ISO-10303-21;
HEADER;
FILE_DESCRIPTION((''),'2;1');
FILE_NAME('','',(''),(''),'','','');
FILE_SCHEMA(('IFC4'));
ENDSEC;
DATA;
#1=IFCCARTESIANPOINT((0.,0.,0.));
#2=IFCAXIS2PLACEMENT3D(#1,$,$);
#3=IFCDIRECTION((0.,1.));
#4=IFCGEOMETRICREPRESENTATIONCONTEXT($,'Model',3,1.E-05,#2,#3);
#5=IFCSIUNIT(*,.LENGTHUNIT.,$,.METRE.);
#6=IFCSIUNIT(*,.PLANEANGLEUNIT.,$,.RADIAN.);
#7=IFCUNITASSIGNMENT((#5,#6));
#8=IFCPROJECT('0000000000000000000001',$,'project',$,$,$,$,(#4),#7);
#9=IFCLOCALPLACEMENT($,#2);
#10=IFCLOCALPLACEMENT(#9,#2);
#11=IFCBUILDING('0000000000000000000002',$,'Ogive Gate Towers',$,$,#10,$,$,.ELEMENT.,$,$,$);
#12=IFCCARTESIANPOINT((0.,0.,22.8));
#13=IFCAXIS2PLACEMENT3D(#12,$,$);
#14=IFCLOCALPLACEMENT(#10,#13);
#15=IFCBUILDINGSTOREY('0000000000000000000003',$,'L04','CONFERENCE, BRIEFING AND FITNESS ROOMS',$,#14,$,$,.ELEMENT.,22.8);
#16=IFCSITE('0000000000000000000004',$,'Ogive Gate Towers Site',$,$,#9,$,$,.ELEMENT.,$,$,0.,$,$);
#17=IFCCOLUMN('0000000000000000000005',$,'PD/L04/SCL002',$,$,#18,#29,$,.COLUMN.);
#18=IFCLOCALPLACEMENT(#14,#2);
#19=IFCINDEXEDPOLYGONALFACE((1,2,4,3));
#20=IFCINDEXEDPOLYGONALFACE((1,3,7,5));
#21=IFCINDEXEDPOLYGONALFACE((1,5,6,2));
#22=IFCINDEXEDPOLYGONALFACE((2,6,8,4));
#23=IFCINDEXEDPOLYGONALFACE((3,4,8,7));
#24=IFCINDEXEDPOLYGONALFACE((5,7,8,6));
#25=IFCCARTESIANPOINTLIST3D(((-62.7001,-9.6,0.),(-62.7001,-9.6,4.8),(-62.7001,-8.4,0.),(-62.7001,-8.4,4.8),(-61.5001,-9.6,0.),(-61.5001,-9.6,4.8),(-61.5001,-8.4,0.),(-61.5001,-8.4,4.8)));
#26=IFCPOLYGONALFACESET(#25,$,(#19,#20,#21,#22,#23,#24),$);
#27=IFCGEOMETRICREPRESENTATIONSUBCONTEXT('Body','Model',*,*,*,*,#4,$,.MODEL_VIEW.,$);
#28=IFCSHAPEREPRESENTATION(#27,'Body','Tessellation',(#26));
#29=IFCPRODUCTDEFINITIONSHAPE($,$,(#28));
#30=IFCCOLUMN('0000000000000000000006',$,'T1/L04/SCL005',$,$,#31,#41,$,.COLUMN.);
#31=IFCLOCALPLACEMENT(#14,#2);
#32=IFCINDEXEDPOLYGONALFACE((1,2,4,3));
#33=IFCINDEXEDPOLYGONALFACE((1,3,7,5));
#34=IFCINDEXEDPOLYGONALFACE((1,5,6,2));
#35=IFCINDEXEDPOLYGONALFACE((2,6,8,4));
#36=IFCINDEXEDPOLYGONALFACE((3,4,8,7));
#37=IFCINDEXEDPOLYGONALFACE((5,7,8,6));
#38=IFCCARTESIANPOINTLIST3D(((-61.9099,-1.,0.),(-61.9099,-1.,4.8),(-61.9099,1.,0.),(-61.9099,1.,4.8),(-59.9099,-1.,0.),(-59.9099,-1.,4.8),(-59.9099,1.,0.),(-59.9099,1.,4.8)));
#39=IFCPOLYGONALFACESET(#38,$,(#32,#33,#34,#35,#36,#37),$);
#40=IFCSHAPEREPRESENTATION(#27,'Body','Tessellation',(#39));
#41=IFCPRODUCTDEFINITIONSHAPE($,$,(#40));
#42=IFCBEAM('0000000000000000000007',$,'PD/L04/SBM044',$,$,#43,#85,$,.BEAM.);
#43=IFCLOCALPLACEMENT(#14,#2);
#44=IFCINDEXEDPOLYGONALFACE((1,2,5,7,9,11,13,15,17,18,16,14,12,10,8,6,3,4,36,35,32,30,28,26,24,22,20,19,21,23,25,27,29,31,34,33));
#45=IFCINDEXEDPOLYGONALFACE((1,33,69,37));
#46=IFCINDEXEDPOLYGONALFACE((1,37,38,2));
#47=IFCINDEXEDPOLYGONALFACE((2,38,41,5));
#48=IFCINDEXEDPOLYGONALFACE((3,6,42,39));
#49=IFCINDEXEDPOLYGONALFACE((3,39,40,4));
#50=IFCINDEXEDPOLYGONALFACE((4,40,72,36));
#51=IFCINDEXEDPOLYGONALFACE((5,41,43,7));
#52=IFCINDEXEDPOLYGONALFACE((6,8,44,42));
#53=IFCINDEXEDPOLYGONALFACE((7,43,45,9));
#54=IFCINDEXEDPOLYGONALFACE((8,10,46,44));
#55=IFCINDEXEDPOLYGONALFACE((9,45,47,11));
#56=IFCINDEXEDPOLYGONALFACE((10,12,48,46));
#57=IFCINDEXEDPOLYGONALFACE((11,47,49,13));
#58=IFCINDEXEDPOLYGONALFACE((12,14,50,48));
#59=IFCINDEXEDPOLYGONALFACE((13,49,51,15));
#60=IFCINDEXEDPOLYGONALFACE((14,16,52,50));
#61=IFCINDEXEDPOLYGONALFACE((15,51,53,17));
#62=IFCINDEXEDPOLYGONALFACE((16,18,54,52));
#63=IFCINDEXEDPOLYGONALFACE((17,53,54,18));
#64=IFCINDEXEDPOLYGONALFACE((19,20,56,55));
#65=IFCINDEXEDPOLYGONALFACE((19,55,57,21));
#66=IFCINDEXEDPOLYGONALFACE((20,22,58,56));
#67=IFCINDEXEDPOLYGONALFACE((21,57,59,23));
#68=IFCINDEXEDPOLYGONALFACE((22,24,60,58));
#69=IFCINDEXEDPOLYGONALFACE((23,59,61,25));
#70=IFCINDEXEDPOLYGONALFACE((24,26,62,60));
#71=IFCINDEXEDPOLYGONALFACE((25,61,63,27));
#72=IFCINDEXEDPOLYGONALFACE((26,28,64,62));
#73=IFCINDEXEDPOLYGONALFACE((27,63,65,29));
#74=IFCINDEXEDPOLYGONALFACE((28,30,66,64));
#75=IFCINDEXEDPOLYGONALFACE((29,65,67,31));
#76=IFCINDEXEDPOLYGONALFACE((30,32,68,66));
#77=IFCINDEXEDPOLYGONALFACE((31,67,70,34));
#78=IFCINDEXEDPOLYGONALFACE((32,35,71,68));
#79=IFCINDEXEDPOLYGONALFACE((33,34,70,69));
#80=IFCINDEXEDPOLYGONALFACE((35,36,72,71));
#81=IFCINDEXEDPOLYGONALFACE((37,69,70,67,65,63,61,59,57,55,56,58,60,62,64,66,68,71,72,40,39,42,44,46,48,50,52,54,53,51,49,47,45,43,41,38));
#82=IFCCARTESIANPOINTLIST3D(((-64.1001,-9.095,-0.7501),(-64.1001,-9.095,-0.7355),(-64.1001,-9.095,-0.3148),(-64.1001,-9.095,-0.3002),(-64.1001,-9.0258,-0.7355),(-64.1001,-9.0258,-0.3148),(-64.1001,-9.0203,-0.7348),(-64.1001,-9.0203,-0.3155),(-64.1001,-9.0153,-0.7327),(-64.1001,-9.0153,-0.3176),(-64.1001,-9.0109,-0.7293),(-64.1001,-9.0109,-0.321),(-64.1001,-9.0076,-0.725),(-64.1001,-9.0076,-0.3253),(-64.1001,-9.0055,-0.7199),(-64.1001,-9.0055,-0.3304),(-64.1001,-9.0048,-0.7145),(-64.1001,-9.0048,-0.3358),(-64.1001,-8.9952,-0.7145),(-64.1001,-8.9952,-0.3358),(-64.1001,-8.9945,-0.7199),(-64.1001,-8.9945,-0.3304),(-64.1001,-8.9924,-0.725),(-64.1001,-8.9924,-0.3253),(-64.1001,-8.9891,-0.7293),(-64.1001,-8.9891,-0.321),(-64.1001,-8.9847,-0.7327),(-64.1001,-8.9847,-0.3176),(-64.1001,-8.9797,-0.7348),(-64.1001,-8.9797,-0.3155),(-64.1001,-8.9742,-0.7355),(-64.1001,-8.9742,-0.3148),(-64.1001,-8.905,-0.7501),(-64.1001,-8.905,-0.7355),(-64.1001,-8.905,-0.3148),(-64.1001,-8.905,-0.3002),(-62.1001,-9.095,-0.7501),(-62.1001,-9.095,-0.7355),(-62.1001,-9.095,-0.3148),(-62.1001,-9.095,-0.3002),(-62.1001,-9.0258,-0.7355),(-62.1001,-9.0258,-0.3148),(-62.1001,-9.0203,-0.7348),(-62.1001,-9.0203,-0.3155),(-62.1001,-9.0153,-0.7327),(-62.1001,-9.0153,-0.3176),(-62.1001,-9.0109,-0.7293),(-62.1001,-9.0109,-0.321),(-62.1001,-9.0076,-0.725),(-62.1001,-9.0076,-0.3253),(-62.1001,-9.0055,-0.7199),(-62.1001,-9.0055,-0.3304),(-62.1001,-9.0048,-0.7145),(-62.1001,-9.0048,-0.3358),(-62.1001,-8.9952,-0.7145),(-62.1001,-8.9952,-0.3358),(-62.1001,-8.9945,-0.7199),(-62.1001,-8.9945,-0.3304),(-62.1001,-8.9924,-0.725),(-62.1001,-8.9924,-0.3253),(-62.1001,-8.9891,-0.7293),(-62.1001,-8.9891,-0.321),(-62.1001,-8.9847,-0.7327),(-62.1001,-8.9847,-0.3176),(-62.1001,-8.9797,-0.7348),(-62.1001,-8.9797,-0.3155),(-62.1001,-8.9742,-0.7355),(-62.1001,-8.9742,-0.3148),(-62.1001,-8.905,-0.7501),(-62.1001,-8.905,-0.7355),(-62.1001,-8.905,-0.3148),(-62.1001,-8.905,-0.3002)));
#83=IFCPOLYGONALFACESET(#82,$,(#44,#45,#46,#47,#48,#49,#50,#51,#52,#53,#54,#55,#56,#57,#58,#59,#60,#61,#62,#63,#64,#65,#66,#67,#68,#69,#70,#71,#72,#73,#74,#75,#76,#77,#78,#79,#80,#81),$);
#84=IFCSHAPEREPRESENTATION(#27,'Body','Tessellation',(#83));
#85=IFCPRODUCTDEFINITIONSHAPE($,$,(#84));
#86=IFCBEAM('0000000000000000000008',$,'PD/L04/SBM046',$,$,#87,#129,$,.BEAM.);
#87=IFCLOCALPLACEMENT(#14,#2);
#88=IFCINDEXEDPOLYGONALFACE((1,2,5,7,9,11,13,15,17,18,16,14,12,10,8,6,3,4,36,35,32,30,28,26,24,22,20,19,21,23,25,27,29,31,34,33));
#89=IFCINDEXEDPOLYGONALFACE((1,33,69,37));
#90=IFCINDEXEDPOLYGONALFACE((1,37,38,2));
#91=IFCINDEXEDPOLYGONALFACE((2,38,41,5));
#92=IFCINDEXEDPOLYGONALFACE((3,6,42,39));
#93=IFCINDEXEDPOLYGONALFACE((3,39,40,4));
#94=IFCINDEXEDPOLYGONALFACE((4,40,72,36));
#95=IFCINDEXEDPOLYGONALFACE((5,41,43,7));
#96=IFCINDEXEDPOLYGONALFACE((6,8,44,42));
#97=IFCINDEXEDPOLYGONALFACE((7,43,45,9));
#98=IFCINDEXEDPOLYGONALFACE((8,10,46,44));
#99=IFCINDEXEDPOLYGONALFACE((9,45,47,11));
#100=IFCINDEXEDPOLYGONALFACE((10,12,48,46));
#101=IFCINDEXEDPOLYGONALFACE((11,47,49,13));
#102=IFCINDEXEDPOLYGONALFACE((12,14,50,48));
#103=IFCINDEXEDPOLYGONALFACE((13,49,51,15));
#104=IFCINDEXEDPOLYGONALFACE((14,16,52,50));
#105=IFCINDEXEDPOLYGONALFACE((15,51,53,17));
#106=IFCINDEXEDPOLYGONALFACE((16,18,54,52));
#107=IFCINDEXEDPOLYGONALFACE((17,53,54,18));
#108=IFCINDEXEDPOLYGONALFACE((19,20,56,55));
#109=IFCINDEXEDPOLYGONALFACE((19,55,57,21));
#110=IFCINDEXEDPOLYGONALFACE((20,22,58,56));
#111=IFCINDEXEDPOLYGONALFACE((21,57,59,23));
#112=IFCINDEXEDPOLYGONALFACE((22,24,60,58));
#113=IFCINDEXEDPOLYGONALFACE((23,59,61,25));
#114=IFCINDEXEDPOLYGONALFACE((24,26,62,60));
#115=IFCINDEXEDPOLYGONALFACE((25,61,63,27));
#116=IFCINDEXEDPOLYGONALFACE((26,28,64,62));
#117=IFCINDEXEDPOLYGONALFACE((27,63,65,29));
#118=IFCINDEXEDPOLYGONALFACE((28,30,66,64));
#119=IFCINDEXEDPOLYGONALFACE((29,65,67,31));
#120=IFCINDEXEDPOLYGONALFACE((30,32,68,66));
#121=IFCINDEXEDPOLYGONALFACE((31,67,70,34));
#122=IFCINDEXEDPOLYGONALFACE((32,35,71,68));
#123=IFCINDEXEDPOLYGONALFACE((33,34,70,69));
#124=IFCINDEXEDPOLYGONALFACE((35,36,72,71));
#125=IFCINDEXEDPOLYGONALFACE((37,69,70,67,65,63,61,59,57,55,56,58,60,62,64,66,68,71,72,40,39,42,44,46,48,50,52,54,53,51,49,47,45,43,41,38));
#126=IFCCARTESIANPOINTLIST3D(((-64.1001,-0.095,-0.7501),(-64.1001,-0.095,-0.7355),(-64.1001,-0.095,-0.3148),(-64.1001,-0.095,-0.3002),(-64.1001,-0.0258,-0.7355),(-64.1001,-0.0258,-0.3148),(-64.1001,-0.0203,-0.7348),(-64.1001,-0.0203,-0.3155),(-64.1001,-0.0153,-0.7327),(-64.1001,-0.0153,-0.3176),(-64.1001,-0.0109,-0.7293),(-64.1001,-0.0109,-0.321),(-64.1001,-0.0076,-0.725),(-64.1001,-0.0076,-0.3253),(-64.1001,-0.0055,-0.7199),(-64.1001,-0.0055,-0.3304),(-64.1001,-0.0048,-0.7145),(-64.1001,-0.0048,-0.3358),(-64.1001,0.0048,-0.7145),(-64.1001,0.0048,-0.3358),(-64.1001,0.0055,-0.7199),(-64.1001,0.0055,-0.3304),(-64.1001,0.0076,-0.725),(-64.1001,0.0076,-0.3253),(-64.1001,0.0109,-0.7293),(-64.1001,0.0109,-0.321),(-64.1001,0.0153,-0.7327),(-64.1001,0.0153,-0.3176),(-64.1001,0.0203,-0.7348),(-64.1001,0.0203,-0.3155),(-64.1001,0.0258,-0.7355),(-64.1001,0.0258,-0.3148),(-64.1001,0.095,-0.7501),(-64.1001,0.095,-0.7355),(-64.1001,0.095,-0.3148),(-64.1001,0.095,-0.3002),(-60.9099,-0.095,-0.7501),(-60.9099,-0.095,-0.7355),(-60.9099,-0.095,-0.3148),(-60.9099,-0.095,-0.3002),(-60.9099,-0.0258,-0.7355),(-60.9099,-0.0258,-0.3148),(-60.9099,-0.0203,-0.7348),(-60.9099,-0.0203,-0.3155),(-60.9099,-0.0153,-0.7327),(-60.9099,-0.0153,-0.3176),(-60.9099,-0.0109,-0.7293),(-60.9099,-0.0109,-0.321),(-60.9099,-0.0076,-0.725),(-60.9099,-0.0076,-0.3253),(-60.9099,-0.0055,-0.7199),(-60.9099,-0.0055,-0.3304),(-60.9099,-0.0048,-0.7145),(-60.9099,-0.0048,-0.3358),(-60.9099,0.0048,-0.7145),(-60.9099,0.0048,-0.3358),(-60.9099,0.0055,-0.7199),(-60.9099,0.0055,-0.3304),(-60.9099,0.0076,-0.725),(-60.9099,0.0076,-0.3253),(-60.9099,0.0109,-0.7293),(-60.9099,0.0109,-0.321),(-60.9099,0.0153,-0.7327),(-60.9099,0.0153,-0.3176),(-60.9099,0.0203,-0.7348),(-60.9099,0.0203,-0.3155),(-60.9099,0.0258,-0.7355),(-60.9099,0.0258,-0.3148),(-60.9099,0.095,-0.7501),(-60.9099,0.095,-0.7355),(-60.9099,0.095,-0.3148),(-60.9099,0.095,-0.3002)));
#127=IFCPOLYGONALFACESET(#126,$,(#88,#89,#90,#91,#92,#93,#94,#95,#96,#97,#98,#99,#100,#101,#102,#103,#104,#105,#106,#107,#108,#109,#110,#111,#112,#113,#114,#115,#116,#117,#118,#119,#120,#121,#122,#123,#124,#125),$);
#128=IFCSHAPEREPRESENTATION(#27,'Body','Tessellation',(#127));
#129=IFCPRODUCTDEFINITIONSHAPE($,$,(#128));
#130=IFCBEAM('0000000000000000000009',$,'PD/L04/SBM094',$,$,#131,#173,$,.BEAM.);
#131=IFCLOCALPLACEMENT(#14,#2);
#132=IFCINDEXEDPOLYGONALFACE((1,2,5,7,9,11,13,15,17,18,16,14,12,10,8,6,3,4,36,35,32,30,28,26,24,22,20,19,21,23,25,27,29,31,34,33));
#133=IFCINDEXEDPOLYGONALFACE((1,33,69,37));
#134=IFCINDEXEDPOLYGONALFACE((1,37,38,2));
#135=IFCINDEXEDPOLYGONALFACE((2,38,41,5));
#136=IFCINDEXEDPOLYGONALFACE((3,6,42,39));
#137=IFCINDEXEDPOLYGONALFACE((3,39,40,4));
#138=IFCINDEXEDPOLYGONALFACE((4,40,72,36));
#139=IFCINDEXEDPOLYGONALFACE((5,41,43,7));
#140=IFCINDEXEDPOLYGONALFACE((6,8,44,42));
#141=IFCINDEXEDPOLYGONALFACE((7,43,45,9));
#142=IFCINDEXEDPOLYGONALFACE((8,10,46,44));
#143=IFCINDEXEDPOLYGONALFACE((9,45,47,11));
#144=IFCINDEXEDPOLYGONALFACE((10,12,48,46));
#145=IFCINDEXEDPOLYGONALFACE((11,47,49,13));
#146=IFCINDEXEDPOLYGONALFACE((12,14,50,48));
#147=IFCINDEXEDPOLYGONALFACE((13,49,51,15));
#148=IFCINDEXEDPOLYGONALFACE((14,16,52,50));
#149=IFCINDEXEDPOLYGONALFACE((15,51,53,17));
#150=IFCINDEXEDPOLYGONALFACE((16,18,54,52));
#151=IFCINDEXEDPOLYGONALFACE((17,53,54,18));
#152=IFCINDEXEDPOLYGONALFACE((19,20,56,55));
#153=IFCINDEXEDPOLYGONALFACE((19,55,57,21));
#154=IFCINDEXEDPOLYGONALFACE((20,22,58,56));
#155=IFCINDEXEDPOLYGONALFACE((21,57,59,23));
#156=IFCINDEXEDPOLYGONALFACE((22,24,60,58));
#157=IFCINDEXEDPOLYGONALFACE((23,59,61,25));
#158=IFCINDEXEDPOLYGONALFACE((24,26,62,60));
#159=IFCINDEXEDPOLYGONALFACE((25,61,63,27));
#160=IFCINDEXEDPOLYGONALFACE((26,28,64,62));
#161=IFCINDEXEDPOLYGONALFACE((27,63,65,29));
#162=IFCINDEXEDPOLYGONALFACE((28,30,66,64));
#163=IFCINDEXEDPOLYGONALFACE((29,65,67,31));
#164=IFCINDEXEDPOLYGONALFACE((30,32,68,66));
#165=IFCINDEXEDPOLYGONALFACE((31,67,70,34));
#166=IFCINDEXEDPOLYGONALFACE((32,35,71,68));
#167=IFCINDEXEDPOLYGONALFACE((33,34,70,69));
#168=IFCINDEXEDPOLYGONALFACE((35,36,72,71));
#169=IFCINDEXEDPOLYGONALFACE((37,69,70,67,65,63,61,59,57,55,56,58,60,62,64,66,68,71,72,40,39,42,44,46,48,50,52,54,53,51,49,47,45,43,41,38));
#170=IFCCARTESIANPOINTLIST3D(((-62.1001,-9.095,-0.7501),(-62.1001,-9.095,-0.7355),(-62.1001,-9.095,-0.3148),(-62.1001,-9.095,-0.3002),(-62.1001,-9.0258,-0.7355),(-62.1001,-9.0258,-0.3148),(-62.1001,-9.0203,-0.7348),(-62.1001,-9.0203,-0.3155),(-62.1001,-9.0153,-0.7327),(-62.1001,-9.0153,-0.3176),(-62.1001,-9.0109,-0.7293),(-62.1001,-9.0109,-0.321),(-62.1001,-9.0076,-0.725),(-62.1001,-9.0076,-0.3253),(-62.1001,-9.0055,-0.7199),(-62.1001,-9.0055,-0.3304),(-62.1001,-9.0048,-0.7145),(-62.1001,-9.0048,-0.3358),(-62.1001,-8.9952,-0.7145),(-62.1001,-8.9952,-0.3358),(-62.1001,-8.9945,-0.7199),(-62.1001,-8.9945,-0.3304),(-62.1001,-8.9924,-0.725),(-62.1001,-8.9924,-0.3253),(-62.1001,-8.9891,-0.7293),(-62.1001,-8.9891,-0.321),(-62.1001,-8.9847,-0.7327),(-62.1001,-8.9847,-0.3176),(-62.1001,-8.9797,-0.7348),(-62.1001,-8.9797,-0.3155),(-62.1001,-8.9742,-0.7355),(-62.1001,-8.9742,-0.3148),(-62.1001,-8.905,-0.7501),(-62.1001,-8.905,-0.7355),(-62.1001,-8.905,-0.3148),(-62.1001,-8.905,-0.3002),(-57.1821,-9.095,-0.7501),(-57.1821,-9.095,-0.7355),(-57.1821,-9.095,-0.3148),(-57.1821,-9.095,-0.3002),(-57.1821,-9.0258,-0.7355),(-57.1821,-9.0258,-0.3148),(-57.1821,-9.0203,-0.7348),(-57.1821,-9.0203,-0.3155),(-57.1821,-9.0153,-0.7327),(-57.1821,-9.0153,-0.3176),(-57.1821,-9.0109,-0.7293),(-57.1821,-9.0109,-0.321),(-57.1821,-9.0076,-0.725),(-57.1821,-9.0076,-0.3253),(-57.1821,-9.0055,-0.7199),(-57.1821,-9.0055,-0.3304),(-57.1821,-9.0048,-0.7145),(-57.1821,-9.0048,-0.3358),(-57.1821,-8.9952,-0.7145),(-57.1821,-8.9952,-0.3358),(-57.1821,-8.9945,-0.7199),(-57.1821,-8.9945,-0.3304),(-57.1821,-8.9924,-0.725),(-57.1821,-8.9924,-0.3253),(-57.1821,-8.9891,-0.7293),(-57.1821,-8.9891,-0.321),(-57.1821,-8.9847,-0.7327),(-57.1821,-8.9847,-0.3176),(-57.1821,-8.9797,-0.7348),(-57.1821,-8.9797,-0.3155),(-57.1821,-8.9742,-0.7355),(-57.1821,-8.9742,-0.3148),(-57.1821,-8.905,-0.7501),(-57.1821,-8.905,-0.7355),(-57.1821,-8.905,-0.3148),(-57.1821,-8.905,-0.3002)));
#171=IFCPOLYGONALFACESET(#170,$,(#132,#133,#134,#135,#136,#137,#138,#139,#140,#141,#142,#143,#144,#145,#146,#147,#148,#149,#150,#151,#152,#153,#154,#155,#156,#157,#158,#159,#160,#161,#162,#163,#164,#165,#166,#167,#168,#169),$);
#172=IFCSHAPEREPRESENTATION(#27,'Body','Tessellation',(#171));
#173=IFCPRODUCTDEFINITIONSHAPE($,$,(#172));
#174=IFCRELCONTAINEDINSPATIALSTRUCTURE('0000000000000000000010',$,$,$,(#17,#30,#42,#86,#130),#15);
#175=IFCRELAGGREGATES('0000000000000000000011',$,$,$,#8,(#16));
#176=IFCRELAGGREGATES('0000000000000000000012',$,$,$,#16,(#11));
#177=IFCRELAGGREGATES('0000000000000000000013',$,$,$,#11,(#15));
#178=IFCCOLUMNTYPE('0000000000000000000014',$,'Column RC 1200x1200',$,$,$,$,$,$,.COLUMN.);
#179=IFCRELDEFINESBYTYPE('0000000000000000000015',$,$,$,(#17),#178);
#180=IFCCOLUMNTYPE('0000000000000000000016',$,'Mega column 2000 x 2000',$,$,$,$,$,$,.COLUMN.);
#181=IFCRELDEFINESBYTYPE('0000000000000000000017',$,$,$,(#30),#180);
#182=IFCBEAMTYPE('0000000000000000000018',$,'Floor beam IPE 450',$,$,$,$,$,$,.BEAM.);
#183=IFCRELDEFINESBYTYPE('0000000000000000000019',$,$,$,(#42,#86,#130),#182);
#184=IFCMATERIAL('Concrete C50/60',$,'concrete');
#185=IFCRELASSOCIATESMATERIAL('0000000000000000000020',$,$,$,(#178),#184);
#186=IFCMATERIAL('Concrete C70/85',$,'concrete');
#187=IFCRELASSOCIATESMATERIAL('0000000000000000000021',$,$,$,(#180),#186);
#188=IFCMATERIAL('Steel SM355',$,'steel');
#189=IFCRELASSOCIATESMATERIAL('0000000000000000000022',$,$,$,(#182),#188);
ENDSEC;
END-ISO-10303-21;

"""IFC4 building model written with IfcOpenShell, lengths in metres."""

from ifc_helpers import new_model, si_unit, direction, frame, origin, origin_2d, place, context, subcontext, project, spatial, rectangle, i_section, extrude, material, material_profile, profile_set, type_object, element, save


model = new_model("IFC4")

# Units and contexts
model_context = context("Model", 3, precision=1e-05, world=origin(), true_north=direction((0.0, 1.0)))
body_context = subcontext(model_context, "Body", "Model", "MODEL_VIEW")
ifc_project = project(units=[si_unit("LENGTHUNIT", "METRE"), si_unit("PLANEANGLEUNIT", "RADIAN")], contexts=[model_context])

# Site, building, storey
site_placement = place(None, origin())
site = spatial("IfcSite", under=ifc_project, at=site_placement, Name="Ogive Gate Towers Site", CompositionType="ELEMENT", RefElevation=0.0)
building_placement = place(site_placement, origin())
building = spatial("IfcBuilding", under=site, at=building_placement, Name="Ogive Gate Towers", CompositionType="ELEMENT")
storey_placement = place(building_placement, frame((0.0, 0.0, 22.8)))
storey = spatial("IfcBuildingStorey", under=building, at=storey_placement, Name="L04", Description="CONFERENCE, BRIEFING AND FITNESS ROOMS", CompositionType="ELEMENT", Elevation=22.8)

# Columns
ifc_material_1 = material(Name="Concrete C50/60", Category="concrete")
ifc_material_profile_1 = material_profile(ifc_material_1, rectangle(XDim=1.2, YDim=1.2, at=origin_2d()), Name="RC 1200x1200")
ifc_profile_set_1 = profile_set([ifc_material_profile_1], Name="Concrete C50/60")
column_type_1 = type_object("IfcColumnType", Name="Column RC 1200x1200", PredefinedType="COLUMN", material=ifc_profile_set_1)
column_1_placement = place(storey_placement, frame((-62.1001, -9.0, 0.0), z_axis=(0.0, 0.0, 1.0), x_axis=(1.0, 0.0, 0.0)))
element("IfcColumn", 1, at=column_1_placement, inside=storey, type_object=column_type_1, Name="PD/L04/SCL002", PredefinedType="COLUMN", context=body_context, shape_type="SweptSolid", body=[
    extrude(rectangle(XDim=1.2, YDim=1.2, at=origin_2d()), origin(), (0.0, 0.0, 1.0), 4.8),
])
ifc_material_2 = material(Name="Concrete C70/85", Category="concrete")
ifc_material_profile_2 = material_profile(ifc_material_2, rectangle(XDim=2.0, YDim=2.0, at=origin_2d()), Name="RC 2000x2000")
ifc_profile_set_2 = profile_set([ifc_material_profile_2], Name="Concrete C70/85")
column_type_2 = type_object("IfcColumnType", Name="Mega column 2000 x 2000", PredefinedType="COLUMN", material=ifc_profile_set_2)
column_2_placement = place(storey_placement, frame((-60.9099, 0.0, 0.0), z_axis=(0.0, 0.0, 1.0), x_axis=(-1.0, 0.0, 0.0)))
element("IfcColumn", 2, at=column_2_placement, inside=storey, type_object=column_type_2, Name="T1/L04/SCL005", PredefinedType="COLUMN", context=body_context, shape_type="SweptSolid", body=[
    extrude(rectangle(XDim=2.0, YDim=2.0, at=origin_2d()), origin(), (0.0, 0.0, 1.0), 4.8),
])

# Beams
ifc_material_3 = material(Name="Steel SM355", Category="steel")
ifc_material_profile_3 = material_profile(ifc_material_3, i_section(OverallWidth=0.1899, OverallDepth=0.45, WebThickness=0.0095, FlangeThickness=0.0146, FilletRadius=0.021, at=origin_2d()), Name="IPE 450")
ifc_profile_set_3 = profile_set([ifc_material_profile_3], Name="Steel SM355")
beam_type_1 = type_object("IfcBeamType", Name="Floor beam IPE 450", PredefinedType="BEAM", material=ifc_profile_set_3)
beam_1_placement = place(storey_placement, frame((-64.1001, -9.0, -0.5251), z_axis=(1.0, 0.0, 0.0), x_axis=(0.0, 1.0, 0.0)))
element("IfcBeam", 3, at=beam_1_placement, inside=storey, type_object=beam_type_1, Name="PD/L04/SBM044", PredefinedType="BEAM", context=body_context, shape_type="SweptSolid", body=[
    extrude(i_section(OverallWidth=0.1899, OverallDepth=0.45, WebThickness=0.0095, FlangeThickness=0.0146, FilletRadius=0.021, at=origin_2d()), origin(), (0.0, 0.0, 1.0), 2.0),
])
beam_2_placement = place(storey_placement, frame((-64.1001, 0.0, -0.5251), z_axis=(1.0, 0.0, 0.0), x_axis=(0.0, 1.0, 0.0)))
element("IfcBeam", 4, at=beam_2_placement, inside=storey, type_object=beam_type_1, Name="PD/L04/SBM046", PredefinedType="BEAM", context=body_context, shape_type="SweptSolid", body=[
    extrude(i_section(OverallWidth=0.1899, OverallDepth=0.45, WebThickness=0.0095, FlangeThickness=0.0146, FilletRadius=0.021, at=origin_2d()), origin(), (0.0, 0.0, 1.0), 3.1902),
])
beam_3_placement = place(storey_placement, frame((-62.1001, -9.0, -0.5251), z_axis=(1.0, 0.0, 0.0), x_axis=(0.0, 1.0, 0.0)))
element("IfcBeam", 5, at=beam_3_placement, inside=storey, type_object=beam_type_1, Name="PD/L04/SBM094", PredefinedType="BEAM", context=body_context, shape_type="SweptSolid", body=[
    extrude(i_section(OverallWidth=0.1899, OverallDepth=0.45, WebThickness=0.0095, FlangeThickness=0.0146, FilletRadius=0.021, at=origin_2d()), origin(), (0.0, 0.0, 1.0), 4.918),
])

save(model, "model.ifc")
